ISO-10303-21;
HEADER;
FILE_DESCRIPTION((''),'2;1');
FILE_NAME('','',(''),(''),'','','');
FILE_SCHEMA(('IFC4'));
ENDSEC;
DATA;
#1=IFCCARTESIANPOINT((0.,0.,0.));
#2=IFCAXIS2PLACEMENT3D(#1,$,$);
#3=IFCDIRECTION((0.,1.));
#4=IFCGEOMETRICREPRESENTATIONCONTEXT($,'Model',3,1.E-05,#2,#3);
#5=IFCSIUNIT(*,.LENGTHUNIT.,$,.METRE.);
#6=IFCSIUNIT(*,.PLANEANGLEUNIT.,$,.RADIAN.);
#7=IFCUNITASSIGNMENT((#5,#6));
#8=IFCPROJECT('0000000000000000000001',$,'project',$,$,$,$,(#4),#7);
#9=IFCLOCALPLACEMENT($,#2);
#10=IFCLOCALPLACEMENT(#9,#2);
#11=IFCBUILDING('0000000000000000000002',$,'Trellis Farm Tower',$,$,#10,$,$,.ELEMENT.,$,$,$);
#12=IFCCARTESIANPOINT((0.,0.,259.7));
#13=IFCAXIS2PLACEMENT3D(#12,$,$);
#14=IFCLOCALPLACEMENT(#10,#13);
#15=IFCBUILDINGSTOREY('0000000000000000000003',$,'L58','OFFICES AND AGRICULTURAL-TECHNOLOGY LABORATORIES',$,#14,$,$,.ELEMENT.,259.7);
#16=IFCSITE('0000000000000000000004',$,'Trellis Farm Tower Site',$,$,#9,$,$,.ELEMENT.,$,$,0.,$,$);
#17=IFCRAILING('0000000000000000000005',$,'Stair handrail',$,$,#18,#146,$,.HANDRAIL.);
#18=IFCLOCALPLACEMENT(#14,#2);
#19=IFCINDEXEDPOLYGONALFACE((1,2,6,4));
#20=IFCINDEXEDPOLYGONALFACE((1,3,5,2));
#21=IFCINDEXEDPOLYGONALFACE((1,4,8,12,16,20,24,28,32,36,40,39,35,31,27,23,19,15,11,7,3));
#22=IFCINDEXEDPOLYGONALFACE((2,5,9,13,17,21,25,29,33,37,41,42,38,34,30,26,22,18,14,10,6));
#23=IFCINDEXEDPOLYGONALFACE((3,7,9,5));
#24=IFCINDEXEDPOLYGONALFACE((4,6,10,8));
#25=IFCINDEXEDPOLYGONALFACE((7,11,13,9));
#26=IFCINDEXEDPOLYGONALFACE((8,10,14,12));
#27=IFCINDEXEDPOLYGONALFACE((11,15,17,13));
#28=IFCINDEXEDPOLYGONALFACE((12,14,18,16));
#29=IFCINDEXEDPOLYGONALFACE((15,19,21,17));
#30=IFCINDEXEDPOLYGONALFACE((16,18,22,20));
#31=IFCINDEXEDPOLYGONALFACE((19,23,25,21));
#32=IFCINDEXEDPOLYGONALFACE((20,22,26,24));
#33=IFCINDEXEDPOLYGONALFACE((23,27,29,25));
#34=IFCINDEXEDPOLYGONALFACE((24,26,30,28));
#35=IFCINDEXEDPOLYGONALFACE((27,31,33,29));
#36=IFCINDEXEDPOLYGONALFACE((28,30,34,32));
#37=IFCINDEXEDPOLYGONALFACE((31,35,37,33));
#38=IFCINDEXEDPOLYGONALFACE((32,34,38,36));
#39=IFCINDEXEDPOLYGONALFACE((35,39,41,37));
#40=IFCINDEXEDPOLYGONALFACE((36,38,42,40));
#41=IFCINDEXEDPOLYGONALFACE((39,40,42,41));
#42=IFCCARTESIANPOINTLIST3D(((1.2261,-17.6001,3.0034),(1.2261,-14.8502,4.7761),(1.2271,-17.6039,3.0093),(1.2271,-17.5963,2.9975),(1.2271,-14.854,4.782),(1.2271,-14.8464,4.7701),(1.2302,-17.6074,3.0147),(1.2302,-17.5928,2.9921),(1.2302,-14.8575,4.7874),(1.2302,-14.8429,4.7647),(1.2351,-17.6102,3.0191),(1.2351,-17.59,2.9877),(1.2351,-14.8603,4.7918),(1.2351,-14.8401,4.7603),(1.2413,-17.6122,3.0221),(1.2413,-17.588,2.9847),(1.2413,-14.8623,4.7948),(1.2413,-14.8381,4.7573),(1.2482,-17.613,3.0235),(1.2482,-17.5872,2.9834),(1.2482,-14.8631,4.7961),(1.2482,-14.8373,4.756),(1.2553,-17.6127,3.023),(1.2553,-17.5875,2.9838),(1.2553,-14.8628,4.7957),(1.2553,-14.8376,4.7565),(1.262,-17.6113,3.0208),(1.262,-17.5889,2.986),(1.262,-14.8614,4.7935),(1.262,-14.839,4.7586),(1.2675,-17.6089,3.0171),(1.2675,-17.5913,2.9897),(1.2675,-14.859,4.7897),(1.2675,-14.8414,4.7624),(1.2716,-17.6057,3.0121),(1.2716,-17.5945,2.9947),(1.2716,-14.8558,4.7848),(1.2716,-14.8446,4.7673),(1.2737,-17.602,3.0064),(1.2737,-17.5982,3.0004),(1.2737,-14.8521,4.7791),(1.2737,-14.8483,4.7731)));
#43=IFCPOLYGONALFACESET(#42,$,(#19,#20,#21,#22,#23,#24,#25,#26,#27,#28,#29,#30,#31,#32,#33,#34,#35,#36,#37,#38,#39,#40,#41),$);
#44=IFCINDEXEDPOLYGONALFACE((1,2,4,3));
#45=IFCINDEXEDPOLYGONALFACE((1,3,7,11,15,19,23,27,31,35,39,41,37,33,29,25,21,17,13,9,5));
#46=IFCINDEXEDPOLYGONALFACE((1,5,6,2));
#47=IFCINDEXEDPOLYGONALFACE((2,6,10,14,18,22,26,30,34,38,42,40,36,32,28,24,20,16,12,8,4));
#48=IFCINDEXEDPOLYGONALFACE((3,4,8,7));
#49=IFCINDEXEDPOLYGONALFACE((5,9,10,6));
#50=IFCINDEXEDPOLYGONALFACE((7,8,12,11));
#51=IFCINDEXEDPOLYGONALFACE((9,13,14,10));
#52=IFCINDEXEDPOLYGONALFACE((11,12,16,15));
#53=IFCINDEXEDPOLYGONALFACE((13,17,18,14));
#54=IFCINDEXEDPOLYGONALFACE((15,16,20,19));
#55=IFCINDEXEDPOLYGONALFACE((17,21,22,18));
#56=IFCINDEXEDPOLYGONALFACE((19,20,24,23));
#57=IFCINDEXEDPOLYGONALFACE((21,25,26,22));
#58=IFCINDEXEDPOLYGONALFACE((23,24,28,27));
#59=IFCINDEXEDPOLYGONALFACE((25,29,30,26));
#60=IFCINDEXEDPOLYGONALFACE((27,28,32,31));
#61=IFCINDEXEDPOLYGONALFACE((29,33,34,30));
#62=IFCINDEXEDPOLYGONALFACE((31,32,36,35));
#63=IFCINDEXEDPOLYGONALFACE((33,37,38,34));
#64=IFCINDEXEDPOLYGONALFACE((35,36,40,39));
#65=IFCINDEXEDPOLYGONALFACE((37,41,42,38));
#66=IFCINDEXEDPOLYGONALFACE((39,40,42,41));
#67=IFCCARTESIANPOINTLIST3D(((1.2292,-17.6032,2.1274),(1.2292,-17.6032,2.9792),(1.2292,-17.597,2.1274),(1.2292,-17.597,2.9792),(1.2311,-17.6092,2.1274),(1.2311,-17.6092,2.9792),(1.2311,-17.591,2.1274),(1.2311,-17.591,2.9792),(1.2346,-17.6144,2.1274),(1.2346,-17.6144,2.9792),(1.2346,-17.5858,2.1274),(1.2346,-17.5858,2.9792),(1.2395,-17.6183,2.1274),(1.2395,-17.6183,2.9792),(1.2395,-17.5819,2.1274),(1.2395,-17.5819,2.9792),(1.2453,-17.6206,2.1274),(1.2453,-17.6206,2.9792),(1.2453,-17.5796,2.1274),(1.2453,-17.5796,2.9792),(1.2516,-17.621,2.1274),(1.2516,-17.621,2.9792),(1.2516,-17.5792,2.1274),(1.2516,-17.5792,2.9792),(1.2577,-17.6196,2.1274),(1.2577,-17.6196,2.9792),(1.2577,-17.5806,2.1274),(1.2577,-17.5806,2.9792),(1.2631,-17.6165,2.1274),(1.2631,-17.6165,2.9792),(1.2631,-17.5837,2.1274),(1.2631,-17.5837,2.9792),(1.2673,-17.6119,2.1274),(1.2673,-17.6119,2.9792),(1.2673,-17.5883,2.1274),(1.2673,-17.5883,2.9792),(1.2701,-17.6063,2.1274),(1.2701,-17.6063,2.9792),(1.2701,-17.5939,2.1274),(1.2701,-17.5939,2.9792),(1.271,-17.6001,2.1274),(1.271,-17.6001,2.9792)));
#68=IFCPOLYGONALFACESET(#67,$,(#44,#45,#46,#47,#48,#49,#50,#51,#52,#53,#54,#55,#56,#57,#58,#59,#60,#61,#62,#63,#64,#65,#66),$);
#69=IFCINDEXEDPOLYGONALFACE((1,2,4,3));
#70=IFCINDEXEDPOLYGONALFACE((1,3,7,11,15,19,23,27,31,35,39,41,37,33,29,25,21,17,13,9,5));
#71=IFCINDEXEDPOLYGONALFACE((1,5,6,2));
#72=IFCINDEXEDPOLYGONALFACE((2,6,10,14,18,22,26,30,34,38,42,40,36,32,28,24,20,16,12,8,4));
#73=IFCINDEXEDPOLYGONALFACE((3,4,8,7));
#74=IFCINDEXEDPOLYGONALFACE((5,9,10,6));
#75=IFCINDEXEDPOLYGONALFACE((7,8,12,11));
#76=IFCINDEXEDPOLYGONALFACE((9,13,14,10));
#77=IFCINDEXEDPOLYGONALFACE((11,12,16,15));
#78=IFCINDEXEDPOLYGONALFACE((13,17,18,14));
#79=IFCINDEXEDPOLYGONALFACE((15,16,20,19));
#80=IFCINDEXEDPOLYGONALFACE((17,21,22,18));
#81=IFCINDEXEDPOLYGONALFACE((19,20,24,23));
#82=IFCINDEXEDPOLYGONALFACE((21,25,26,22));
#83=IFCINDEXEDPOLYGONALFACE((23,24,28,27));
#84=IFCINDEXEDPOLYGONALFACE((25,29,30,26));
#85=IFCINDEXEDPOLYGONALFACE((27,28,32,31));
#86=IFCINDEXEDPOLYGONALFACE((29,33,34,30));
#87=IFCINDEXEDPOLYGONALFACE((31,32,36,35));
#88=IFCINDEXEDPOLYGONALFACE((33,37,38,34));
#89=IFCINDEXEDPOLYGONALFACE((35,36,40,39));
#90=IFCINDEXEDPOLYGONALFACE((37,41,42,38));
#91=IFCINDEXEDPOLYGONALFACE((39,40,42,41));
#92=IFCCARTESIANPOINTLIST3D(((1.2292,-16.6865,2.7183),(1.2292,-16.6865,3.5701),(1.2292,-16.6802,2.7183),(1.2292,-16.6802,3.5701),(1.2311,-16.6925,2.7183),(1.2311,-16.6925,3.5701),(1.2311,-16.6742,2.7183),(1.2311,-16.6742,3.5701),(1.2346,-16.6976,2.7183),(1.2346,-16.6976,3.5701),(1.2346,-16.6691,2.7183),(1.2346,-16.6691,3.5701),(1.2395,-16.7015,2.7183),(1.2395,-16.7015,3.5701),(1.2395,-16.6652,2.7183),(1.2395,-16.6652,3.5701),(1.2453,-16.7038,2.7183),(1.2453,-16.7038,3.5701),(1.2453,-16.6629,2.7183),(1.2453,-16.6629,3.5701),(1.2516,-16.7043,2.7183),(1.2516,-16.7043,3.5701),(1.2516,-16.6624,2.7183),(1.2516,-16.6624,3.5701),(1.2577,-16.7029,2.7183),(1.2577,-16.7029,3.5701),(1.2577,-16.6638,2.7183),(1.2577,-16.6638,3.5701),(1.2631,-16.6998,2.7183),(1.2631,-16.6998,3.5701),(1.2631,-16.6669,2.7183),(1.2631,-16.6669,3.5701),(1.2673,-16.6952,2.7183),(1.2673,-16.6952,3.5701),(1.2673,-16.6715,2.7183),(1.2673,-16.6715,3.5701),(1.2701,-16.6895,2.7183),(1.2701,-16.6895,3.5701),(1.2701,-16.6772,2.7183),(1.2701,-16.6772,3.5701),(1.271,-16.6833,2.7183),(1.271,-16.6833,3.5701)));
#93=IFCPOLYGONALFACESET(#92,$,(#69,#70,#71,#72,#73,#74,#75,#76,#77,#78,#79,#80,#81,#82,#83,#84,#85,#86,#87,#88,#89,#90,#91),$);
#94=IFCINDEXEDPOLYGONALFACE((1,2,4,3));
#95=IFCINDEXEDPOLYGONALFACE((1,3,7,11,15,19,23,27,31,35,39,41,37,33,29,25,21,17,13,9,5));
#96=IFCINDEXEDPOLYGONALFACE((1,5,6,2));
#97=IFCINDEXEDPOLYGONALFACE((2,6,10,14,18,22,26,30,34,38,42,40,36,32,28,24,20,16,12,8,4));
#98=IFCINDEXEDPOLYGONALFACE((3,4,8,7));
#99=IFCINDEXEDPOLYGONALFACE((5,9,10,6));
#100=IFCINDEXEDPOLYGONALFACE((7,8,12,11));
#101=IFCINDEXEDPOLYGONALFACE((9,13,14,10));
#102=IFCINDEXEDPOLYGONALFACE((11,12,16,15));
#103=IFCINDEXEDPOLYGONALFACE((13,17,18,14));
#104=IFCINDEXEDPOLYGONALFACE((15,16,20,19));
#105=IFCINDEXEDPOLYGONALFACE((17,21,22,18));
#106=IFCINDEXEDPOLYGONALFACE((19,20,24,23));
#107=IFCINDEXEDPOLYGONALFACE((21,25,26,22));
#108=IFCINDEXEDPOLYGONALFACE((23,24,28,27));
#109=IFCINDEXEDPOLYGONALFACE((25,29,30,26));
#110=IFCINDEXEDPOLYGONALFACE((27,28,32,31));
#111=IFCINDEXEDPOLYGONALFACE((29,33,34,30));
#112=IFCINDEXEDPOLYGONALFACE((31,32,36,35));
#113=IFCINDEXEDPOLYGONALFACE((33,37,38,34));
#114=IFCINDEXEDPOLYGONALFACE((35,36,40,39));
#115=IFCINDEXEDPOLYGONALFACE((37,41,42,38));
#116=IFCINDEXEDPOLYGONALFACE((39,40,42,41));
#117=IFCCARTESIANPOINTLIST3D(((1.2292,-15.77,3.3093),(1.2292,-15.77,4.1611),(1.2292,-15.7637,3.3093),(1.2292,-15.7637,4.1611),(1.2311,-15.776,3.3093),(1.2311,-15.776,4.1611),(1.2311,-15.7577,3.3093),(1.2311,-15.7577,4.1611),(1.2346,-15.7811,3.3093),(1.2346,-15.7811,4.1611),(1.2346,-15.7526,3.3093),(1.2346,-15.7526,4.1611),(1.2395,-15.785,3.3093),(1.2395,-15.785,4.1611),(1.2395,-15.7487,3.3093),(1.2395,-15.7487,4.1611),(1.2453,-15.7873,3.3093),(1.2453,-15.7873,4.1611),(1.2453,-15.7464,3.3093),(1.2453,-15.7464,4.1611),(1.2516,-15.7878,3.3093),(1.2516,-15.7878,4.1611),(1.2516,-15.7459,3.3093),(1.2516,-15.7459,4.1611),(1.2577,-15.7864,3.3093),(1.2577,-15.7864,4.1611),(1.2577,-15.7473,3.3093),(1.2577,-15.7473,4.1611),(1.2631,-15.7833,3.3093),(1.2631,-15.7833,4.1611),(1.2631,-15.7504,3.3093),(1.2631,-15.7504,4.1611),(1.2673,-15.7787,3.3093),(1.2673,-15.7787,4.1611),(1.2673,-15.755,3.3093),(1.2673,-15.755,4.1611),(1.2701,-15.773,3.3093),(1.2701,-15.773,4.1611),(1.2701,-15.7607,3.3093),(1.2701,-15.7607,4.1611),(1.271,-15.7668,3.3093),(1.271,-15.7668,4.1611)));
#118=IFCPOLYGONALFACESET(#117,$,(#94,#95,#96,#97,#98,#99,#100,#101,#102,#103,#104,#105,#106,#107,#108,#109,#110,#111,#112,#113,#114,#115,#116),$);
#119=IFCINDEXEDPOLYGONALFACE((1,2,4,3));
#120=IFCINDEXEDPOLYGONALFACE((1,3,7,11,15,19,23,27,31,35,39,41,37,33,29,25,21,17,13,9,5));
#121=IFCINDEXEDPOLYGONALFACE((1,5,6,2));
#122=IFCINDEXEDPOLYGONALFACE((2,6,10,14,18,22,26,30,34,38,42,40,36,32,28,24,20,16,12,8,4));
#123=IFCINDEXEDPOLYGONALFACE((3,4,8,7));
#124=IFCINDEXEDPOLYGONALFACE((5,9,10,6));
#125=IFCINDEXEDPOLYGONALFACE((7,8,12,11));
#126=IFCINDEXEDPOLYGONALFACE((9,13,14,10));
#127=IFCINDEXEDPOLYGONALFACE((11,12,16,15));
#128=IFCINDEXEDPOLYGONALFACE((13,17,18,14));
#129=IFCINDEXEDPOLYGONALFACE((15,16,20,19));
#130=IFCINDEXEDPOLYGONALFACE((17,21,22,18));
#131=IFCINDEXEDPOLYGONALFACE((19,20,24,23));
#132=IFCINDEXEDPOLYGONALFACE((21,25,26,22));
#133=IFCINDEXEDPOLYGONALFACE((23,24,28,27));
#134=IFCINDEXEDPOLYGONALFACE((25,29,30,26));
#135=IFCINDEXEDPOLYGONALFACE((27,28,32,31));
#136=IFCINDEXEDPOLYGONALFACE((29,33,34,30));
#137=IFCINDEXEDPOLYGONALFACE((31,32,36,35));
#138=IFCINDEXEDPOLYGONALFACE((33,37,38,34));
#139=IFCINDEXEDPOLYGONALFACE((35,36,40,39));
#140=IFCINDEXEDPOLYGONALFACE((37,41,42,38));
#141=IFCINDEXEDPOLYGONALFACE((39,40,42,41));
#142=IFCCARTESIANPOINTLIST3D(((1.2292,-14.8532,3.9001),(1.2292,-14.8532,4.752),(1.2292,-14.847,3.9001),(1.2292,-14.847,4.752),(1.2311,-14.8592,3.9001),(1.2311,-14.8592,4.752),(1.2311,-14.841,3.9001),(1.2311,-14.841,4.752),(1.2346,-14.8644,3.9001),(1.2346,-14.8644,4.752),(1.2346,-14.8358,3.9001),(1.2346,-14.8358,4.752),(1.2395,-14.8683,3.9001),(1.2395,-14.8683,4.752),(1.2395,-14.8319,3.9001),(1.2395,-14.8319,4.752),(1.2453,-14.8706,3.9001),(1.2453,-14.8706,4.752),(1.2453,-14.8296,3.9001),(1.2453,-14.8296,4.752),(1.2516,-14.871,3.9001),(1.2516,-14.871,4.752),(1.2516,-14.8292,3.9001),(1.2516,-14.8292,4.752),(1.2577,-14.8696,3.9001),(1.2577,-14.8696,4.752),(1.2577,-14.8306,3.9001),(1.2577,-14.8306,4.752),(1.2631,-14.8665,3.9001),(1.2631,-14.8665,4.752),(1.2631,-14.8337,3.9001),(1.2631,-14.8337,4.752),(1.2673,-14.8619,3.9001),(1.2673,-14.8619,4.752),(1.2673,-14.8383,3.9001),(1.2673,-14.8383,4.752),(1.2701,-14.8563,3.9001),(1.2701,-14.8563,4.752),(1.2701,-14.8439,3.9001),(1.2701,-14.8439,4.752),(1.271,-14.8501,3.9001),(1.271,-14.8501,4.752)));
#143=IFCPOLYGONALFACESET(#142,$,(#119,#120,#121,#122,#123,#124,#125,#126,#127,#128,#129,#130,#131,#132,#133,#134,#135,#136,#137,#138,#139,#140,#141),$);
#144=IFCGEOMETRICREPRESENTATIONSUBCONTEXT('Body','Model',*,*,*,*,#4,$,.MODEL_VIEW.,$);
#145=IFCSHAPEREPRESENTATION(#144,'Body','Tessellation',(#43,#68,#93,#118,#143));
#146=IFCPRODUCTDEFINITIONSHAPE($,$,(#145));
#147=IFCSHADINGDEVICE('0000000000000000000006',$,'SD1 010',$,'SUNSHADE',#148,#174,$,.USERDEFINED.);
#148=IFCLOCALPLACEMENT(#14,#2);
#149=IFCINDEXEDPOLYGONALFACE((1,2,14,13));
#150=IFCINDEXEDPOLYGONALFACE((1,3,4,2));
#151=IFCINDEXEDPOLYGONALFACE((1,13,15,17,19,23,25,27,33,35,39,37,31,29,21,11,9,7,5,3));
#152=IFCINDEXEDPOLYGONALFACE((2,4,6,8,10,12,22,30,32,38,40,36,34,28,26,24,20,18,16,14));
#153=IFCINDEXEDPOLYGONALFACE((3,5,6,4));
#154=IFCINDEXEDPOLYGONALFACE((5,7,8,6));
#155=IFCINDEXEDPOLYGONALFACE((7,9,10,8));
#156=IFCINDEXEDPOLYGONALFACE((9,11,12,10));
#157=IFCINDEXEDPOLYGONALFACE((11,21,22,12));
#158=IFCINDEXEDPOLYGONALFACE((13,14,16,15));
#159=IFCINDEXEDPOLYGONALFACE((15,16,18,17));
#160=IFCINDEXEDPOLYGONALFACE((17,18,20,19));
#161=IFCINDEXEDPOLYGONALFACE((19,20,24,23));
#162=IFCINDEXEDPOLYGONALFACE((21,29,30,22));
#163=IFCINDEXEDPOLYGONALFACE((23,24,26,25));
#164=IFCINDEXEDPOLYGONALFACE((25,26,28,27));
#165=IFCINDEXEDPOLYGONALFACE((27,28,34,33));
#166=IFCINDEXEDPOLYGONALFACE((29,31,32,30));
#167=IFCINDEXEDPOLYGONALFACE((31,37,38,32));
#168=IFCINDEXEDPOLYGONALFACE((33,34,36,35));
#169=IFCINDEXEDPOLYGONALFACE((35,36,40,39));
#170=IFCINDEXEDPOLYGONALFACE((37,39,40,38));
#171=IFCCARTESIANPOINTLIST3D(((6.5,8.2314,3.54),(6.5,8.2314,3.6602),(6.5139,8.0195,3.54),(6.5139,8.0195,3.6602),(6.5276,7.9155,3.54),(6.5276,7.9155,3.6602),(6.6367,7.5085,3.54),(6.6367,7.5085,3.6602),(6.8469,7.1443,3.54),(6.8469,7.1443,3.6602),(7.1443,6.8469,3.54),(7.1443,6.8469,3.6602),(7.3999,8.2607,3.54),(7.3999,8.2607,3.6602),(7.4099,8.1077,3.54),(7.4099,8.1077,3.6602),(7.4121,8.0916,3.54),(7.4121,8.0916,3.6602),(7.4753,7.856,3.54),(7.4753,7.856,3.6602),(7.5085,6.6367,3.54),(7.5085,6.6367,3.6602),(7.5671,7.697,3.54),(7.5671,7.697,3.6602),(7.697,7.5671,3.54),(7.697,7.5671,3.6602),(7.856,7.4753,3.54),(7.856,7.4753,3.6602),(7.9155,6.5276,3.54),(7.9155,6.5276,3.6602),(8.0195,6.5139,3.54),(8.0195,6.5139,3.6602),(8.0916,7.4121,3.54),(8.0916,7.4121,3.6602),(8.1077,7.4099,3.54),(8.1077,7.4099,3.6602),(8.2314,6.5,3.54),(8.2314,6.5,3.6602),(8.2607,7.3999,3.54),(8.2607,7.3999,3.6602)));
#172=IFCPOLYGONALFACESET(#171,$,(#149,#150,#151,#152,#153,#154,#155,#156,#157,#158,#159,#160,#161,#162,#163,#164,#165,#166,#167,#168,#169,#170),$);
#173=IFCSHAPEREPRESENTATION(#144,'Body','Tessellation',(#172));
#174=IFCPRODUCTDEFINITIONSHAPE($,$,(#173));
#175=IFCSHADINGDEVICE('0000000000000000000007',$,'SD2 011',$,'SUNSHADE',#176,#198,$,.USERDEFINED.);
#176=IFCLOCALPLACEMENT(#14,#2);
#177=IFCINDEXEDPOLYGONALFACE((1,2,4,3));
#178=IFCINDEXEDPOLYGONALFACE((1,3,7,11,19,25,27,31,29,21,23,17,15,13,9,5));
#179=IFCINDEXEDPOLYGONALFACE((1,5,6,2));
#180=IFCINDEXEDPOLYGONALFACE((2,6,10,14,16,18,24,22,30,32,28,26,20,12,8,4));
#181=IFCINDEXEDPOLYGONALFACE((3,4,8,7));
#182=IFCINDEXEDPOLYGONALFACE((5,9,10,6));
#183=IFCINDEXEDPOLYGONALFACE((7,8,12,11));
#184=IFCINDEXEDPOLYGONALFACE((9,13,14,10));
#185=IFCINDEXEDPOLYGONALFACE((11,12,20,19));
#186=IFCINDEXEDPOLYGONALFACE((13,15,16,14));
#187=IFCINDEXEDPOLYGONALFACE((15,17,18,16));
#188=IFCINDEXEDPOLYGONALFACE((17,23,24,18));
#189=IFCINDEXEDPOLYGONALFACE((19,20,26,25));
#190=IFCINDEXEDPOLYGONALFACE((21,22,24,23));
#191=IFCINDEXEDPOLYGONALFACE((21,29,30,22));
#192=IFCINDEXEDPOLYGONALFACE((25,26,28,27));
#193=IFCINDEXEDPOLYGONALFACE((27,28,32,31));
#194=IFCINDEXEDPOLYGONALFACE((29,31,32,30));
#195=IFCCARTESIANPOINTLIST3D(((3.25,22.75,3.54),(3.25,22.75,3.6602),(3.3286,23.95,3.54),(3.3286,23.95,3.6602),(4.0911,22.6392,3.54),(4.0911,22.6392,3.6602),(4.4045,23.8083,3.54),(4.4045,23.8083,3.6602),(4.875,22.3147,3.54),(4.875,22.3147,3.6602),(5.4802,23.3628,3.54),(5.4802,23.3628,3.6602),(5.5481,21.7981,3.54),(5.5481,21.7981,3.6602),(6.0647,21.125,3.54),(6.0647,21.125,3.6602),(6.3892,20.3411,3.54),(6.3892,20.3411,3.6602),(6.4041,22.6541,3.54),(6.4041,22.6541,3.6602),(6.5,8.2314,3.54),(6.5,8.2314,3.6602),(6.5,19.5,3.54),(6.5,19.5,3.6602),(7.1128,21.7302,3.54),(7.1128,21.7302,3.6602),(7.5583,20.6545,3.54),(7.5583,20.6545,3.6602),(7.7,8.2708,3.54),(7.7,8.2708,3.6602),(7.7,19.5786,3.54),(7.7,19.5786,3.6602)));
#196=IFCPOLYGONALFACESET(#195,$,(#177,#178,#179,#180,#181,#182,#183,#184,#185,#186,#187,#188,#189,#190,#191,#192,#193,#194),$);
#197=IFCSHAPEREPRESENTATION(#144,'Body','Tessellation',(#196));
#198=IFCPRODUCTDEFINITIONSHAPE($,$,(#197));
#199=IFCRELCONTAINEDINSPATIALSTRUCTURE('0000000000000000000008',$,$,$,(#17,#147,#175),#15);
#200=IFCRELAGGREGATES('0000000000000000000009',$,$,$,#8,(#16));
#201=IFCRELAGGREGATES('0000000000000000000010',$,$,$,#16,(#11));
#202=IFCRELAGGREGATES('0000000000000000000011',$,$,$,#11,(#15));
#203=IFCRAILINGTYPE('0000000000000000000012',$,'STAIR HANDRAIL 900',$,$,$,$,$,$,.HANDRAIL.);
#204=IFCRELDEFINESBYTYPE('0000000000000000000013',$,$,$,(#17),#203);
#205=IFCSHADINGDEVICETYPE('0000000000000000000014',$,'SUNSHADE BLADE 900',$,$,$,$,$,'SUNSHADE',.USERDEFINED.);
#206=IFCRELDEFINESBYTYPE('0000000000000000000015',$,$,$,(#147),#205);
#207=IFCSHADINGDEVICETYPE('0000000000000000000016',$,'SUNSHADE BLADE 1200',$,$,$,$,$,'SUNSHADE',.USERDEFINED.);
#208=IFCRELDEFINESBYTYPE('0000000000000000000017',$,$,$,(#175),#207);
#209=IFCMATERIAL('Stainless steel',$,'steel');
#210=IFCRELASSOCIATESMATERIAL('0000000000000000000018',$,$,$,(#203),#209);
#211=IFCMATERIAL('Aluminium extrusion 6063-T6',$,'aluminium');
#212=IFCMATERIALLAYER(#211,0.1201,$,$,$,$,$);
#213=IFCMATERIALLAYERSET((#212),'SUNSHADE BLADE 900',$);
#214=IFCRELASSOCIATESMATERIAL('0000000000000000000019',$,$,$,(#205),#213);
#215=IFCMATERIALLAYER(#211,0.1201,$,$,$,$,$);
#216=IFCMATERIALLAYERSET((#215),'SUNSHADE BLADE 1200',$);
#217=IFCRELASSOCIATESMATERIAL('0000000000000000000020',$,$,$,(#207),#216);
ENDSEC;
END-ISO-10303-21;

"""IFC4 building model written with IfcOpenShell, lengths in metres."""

from ifc_helpers import new_model, si_unit, direction, frame, origin, origin_2d, place, context, subcontext, project, spatial, polyline, circle, outline, extrude, source, transform, mapped, material, layer, layer_set, type_object, element, save


model = new_model("IFC4")

# Units and contexts
model_context = context("Model", 3, precision=1e-05, world=origin(), true_north=direction((0.0, 1.0)))
body_context = subcontext(model_context, "Body", "Model", "MODEL_VIEW")
ifc_project = project(units=[si_unit("LENGTHUNIT", "METRE"), si_unit("PLANEANGLEUNIT", "RADIAN")], contexts=[model_context])

# Site, building, storey
site_placement = place(None, origin())
site = spatial("IfcSite", under=ifc_project, at=site_placement, Name="Trellis Farm Tower Site", CompositionType="ELEMENT", RefElevation=0.0)
building_placement = place(site_placement, origin())
building = spatial("IfcBuilding", under=site, at=building_placement, Name="Trellis Farm Tower", CompositionType="ELEMENT")
storey_placement = place(building_placement, frame((0.0, 0.0, 259.7)))
storey = spatial("IfcBuildingStorey", under=building, at=storey_placement, Name="L58", Description="OFFICES AND AGRICULTURAL-TECHNOLOGY LABORATORIES", CompositionType="ELEMENT", Elevation=259.7)

# Shared definitions
ifc_material_1 = material(Name="Aluminium extrusion 6063-T6", Category="aluminium")

# Railing
ifc_material_2 = material(Name="Stainless steel", Category="steel")
railing_type = type_object("IfcRailingType", Name="STAIR HANDRAIL 900", PredefinedType="HANDRAIL", material=ifc_material_2)
shared_shape_1 = source(origin(), body_context, "Body", "SweptSolid", [
    extrude(circle(Radius=0.0239, at=origin_2d()), frame((0.0, 0.0, 0.876), z_axis=(0.0, 0.840504, 0.541806), x_axis=(-1.0, 0.0, 0.0)), (0.0, 0.0, 1.0), 3.2717),
    extrude(circle(Radius=0.021, at=origin_2d()), origin(), (0.0, 0.0, 1.0), 0.8518),
    extrude(circle(Radius=0.021, at=origin_2d()), frame((0.0, 0.9167, 0.5908)), (0.0, 0.0, 1.0), 0.8518),
    extrude(circle(Radius=0.021, at=origin_2d()), frame((0.0, 1.8333, 1.1819)), (0.0, 0.0, 1.0), 0.8518),
    extrude(circle(Radius=0.021, at=origin_2d()), frame((0.0, 2.75, 1.7727)), (0.0, 0.0, 1.0), 0.8518),
])
railing_placement = place(storey_placement, frame((1.25, -17.6001, 2.1274)))
element("IfcRailing", 1, at=railing_placement, inside=storey, type_object=railing_type, Name="Stair handrail", PredefinedType="HANDRAIL", context=body_context, shape_type="MappedRepresentation", body=[
    mapped(shared_shape_1, transform((0.0, 0.0, 0.0))),
])

# Shading devices
ifc_layer_1 = layer(ifc_material_1, 0.1201)
ifc_layer_set_1 = layer_set([ifc_layer_1], Name="SUNSHADE BLADE 900")
shading_device_type_1 = type_object("IfcShadingDeviceType", Name="SUNSHADE BLADE 900", ElementType="SUNSHADE", PredefinedType="USERDEFINED", material=ifc_layer_set_1)
shared_shape_2 = source(origin(), body_context, "Body", "SweptSolid", [
    extrude(outline(polyline([(8.2607, 7.3999), (8.1077, 7.4099), (8.0916, 7.4121), (7.856, 7.4753), (7.697, 7.5671), (7.5671, 7.697), (7.4753, 7.856), (7.4121, 8.0916), (7.4099, 8.1077), (7.3999, 8.2607), (6.5, 8.2314), (6.5139, 8.0195), (6.5276, 7.9155), (6.6367, 7.5085), (6.8469, 7.1443), (7.1443, 6.8469), (7.5085, 6.6367), (7.9155, 6.5276), (8.0195, 6.5139), (8.2314, 6.5), (8.2607, 7.3999)])), origin(), (0.0, 0.0, 1.0), 0.1201),
])
placement_1 = place(storey_placement, frame((0.0, 0.0, 3.54)))
element("IfcShadingDevice", 2, at=placement_1, inside=storey, type_object=shading_device_type_1, Name="SD1 010", ObjectType="SUNSHADE", PredefinedType="USERDEFINED", context=body_context, shape_type="MappedRepresentation", body=[
    mapped(shared_shape_2, transform((0.0, 0.0, 0.0))),
])
ifc_layer_2 = layer(ifc_material_1, 0.1201)
ifc_layer_set_2 = layer_set([ifc_layer_2], Name="SUNSHADE BLADE 1200")
shading_device_type_2 = type_object("IfcShadingDeviceType", Name="SUNSHADE BLADE 1200", ElementType="SUNSHADE", PredefinedType="USERDEFINED", material=ifc_layer_set_2)
shared_shape_3 = source(origin(), body_context, "Body", "SweptSolid", [
    extrude(outline(polyline([(7.7, 8.2708), (7.7, 19.5786), (7.5583, 20.6545), (7.1128, 21.7302), (6.4041, 22.6541), (5.4802, 23.3628), (4.4045, 23.8083), (3.3286, 23.95), (3.25, 22.75), (4.0911, 22.6392), (4.875, 22.3147), (5.5481, 21.7981), (6.0647, 21.125), (6.3892, 20.3411), (6.5, 19.5), (6.5, 8.2314), (7.7, 8.2708)])), origin(), (0.0, 0.0, 1.0), 0.1201),
])
element("IfcShadingDevice", 3, at=placement_1, inside=storey, type_object=shading_device_type_2, Name="SD2 011", ObjectType="SUNSHADE", PredefinedType="USERDEFINED", context=body_context, shape_type="MappedRepresentation", body=[
    mapped(shared_shape_3, transform((0.0, 0.0, 0.0))),
])

save(model, "model.ifc")
